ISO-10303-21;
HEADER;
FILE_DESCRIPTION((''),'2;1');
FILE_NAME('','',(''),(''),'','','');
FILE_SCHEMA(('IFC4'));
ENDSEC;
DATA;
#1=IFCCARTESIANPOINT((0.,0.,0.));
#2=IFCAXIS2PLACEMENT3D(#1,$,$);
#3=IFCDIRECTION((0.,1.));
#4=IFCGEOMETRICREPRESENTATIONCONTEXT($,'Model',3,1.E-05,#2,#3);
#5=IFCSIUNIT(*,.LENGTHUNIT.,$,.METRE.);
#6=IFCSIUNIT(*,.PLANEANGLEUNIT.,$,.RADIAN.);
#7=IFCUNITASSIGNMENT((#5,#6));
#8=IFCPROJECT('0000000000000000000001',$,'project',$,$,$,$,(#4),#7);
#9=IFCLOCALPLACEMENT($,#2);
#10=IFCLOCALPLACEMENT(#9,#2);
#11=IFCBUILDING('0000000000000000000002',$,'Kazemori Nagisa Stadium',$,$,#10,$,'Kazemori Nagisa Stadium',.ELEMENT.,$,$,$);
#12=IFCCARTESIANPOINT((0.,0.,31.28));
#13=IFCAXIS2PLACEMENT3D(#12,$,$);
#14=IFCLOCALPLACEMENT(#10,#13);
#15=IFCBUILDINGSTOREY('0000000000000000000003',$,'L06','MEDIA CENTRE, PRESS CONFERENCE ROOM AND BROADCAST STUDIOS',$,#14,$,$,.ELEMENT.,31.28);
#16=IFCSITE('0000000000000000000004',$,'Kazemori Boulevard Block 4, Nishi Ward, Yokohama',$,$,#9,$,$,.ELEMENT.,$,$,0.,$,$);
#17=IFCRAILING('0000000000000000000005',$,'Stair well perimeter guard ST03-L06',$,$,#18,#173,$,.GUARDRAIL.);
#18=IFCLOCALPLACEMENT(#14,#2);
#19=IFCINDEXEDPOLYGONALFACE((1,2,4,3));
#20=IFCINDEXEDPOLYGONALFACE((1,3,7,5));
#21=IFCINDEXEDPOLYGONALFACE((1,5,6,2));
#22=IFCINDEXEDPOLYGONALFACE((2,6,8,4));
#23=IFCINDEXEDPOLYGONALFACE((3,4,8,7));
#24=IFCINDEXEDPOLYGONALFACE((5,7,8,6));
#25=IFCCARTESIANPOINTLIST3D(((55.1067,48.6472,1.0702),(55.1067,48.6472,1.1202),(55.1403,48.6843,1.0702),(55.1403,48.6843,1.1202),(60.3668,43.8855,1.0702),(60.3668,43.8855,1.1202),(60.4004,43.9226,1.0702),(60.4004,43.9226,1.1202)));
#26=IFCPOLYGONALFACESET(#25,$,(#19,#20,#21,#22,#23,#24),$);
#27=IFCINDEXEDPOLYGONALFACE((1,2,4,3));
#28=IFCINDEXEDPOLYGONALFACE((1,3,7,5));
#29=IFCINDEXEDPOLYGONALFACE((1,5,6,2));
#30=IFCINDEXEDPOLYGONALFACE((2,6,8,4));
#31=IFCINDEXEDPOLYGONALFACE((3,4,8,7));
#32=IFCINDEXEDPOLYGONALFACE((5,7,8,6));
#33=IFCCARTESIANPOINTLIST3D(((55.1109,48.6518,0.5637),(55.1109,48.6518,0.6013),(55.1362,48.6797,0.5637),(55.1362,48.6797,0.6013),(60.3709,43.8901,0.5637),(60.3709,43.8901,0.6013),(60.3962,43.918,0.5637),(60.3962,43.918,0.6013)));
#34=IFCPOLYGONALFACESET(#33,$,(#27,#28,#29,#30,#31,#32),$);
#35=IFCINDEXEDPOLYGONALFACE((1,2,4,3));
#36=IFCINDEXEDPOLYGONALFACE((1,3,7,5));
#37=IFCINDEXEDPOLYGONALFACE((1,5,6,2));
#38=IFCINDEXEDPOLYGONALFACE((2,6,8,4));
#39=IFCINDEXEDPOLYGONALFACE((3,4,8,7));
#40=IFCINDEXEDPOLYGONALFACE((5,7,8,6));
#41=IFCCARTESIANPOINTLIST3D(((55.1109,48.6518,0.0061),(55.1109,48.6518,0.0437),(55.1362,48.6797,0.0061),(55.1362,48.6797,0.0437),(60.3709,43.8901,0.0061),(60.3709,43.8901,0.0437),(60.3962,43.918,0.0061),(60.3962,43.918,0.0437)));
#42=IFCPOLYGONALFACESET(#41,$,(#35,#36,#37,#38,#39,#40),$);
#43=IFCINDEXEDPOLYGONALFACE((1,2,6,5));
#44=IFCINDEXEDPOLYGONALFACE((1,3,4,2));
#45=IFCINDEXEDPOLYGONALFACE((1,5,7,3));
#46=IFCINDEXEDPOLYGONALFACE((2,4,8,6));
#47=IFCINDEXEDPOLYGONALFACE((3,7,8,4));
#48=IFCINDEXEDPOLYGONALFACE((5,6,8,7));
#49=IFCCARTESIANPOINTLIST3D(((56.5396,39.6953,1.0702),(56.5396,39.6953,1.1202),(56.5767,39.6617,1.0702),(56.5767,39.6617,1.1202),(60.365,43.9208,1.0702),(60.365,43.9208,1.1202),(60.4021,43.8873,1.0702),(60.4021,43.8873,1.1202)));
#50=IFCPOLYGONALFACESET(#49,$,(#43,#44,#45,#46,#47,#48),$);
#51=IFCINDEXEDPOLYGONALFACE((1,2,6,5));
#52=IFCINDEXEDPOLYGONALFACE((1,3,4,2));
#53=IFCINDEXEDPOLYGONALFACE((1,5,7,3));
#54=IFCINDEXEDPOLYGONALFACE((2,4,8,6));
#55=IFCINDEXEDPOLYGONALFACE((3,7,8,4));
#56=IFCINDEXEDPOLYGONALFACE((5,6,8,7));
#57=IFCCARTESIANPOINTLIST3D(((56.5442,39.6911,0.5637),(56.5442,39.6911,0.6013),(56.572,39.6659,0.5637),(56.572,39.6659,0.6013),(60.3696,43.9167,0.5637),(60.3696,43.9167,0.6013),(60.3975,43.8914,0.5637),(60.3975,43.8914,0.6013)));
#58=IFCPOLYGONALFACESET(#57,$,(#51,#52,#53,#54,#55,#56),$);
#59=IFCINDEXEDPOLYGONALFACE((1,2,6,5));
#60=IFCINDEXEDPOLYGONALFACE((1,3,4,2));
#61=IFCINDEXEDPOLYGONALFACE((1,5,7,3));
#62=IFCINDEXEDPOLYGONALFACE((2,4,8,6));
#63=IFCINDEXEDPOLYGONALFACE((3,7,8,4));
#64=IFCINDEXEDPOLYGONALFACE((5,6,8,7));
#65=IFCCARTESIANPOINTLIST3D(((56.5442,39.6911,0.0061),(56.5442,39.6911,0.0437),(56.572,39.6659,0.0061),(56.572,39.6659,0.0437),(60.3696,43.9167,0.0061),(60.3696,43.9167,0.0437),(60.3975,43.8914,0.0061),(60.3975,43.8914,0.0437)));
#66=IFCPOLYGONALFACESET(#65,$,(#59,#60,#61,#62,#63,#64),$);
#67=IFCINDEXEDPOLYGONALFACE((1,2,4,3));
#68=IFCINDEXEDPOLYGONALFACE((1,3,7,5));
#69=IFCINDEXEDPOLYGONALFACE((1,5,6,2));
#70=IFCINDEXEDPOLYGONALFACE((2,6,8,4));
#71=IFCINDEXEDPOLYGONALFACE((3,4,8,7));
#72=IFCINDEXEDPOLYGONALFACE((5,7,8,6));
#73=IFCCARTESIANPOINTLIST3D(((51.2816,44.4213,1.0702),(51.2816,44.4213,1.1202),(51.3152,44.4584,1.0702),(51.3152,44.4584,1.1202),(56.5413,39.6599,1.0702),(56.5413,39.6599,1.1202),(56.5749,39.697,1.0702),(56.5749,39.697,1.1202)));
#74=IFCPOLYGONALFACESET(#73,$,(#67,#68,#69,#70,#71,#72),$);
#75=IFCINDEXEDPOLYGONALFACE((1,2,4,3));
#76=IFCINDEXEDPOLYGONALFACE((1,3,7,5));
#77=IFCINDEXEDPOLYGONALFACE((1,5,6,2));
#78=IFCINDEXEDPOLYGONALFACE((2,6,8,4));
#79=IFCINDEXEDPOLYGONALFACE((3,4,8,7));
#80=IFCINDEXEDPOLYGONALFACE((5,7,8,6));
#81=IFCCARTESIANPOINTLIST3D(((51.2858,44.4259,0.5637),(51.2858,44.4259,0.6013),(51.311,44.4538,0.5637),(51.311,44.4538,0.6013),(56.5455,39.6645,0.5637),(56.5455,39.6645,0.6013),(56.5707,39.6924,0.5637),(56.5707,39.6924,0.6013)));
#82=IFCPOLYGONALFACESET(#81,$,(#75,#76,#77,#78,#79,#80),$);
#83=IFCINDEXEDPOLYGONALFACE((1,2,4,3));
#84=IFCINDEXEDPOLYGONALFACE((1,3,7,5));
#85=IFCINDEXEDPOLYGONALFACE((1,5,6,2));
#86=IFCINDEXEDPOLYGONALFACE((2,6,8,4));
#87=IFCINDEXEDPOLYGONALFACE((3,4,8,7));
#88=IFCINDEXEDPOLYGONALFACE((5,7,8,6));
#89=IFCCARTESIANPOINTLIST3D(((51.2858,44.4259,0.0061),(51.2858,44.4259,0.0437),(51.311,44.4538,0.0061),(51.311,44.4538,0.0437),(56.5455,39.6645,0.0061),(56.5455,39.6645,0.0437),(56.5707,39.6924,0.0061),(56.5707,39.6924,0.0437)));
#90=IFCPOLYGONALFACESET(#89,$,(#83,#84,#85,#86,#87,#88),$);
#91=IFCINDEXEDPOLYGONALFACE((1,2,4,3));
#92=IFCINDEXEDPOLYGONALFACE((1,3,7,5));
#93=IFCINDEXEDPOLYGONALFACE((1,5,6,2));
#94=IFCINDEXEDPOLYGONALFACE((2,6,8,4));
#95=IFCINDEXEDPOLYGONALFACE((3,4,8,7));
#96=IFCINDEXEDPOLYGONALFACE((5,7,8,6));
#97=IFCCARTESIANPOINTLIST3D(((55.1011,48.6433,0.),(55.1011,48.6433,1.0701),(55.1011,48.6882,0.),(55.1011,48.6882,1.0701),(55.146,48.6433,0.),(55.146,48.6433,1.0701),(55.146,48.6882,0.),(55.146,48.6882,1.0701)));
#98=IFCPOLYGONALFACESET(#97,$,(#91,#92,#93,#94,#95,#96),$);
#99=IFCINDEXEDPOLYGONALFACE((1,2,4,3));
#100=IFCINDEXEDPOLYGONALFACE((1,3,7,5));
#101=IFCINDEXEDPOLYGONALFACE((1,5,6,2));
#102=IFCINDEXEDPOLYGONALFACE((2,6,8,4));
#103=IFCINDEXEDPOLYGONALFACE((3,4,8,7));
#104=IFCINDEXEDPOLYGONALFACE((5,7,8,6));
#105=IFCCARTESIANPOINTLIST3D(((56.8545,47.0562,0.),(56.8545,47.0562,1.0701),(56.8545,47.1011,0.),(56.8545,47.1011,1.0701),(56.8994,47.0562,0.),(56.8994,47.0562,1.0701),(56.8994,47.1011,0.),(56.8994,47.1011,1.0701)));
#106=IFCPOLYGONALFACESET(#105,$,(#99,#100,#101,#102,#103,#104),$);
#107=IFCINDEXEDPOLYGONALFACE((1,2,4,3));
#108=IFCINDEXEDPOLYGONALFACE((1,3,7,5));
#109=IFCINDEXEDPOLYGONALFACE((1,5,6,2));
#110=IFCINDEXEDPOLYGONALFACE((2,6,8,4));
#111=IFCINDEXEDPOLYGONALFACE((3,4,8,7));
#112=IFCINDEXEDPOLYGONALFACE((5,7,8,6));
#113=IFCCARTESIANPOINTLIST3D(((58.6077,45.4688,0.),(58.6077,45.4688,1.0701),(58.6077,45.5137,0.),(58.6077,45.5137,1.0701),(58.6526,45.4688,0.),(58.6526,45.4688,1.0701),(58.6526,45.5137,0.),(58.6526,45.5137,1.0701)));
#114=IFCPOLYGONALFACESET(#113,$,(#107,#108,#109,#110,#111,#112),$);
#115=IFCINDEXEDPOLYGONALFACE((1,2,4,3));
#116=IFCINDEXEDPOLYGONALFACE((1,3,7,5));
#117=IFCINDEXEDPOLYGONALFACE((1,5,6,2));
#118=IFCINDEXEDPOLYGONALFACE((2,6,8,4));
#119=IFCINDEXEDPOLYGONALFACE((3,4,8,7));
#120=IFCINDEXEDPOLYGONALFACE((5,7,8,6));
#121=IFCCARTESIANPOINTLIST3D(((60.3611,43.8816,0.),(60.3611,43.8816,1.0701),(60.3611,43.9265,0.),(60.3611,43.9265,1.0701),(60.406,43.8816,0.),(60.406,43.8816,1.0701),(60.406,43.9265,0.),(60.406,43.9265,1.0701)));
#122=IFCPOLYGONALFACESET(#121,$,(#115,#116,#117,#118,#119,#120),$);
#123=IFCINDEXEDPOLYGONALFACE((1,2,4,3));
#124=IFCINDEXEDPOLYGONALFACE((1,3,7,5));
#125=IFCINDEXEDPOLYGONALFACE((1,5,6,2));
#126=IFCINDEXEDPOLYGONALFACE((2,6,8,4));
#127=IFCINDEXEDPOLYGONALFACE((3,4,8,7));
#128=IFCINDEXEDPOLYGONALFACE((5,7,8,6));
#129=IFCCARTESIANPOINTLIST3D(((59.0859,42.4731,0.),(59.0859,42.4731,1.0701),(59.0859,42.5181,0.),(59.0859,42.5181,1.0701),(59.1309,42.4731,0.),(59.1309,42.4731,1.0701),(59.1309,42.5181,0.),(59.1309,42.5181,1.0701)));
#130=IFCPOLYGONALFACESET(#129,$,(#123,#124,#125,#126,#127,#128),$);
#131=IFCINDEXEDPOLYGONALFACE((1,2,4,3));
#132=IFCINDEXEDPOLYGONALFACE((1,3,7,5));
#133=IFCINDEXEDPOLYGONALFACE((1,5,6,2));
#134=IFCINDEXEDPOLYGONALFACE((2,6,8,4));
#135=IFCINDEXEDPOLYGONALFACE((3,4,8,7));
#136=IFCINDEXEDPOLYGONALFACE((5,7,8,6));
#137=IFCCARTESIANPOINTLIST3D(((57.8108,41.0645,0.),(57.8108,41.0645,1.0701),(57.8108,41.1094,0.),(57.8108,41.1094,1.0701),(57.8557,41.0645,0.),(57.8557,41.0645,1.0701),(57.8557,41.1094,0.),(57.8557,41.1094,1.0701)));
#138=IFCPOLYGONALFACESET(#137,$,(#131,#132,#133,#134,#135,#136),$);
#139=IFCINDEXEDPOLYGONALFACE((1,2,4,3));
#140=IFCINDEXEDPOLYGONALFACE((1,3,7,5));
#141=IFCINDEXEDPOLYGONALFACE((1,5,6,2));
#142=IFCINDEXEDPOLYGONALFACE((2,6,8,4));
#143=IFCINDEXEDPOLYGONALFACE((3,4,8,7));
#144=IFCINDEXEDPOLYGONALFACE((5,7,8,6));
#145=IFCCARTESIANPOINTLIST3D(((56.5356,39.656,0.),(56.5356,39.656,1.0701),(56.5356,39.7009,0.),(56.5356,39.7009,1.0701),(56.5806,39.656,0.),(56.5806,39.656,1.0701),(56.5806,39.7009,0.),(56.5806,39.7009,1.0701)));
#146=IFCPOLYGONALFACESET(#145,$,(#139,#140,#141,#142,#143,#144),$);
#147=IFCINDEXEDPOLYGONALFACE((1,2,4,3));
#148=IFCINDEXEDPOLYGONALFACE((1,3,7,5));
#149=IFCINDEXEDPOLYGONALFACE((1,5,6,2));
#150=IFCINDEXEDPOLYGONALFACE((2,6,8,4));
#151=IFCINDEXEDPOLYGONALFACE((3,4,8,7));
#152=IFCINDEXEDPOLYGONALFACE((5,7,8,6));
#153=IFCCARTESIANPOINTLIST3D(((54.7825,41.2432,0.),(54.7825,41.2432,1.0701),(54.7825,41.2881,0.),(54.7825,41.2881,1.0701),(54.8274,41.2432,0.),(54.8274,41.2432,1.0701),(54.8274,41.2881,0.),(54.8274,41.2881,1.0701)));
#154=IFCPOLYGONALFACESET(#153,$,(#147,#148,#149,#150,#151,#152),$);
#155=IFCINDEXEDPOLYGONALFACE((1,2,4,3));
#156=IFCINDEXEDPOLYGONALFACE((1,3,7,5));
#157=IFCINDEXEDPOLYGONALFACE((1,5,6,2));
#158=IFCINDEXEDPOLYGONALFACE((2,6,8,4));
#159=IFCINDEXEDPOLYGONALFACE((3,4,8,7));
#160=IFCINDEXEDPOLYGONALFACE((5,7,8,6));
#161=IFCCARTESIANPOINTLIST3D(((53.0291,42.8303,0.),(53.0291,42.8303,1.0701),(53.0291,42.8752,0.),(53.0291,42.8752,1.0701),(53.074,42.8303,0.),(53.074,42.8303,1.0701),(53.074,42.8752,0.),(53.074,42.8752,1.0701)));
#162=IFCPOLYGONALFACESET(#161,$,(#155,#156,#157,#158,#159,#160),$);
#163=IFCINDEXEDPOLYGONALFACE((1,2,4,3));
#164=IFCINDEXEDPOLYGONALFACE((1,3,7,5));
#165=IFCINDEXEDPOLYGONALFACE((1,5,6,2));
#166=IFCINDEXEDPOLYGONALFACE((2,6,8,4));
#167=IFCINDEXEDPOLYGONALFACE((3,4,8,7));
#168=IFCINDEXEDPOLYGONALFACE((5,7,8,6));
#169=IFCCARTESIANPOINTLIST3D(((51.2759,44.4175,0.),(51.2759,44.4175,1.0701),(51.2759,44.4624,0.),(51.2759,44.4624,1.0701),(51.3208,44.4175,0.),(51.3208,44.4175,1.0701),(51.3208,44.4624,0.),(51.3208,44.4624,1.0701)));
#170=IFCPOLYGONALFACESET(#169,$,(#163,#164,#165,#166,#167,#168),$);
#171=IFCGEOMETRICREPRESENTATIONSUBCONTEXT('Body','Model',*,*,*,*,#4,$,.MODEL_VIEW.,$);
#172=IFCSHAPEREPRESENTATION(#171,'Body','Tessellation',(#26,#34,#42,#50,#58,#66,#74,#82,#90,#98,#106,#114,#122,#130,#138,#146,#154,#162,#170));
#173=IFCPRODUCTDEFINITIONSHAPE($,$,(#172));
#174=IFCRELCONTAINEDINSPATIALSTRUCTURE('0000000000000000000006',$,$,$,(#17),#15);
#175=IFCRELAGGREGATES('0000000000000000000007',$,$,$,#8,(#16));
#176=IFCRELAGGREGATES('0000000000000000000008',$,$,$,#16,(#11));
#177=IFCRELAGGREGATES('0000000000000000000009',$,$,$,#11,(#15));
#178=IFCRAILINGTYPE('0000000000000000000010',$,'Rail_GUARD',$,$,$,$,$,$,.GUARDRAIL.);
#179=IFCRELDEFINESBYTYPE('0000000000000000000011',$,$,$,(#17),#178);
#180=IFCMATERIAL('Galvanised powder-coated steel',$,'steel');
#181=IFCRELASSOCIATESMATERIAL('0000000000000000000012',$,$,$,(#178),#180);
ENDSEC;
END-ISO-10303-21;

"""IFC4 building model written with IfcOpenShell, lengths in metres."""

from ifc_helpers import new_model, si_unit, direction, frame, origin, origin_2d, place, context, subcontext, project, spatial, rectangle, extrude, material, type_object, element, save


model = new_model("IFC4")

# Units and contexts
model_context = context("Model", 3, precision=1e-05, world=origin(), true_north=direction((0.0, 1.0)))
body_context = subcontext(model_context, "Body", "Model", "MODEL_VIEW")
ifc_project = project(units=[si_unit("LENGTHUNIT", "METRE"), si_unit("PLANEANGLEUNIT", "RADIAN")], contexts=[model_context])

# Site, building, storey
site_placement = place(None, origin())
site = spatial("IfcSite", under=ifc_project, at=site_placement, Name="Kazemori Boulevard Block 4, Nishi Ward, Yokohama", CompositionType="ELEMENT", RefElevation=0.0)
building_placement = place(site_placement, origin())
building = spatial("IfcBuilding", under=site, at=building_placement, Name="Kazemori Nagisa Stadium", LongName="Kazemori Nagisa Stadium", CompositionType="ELEMENT")
storey_placement = place(building_placement, frame((0.0, 0.0, 31.28)))
storey = spatial("IfcBuildingStorey", under=building, at=storey_placement, Name="L06", Description="MEDIA CENTRE, PRESS CONFERENCE ROOM AND BROADCAST STUDIOS", CompositionType="ELEMENT", Elevation=31.28)

# Railing
ifc_material_1 = material(Name="Galvanised powder-coated steel", Category="steel")
railing_type_1 = type_object("IfcRailingType", Name="Rail_GUARD", PredefinedType="GUARDRAIL", material=ifc_material_1)
railing_1_placement = place(storey_placement, frame((55.1235, 48.6658, 0.0)))
element("IfcRailing", 1, at=railing_1_placement, inside=storey, type_object=railing_type_1, Name="Stair well perimeter guard ST03-L06", PredefinedType="GUARDRAIL", context=body_context, shape_type="SweptSolid", body=[
    extrude(rectangle(XDim=0.05, YDim=0.05, at=origin_2d()), frame((0.0, 0.0, 1.0952), z_axis=(0.741349, -0.67112, 0.0), x_axis=(0.67112, 0.741349, 0.0)), (0.0, 0.0, 1.0), 7.0952),
    extrude(rectangle(XDim=0.0376, YDim=0.0376, at=origin_2d()), frame((0.0, 0.0, 0.5825), z_axis=(0.741349, -0.67112, 0.0), x_axis=(0.67112, 0.741349, 0.0)), (0.0, 0.0, 1.0), 7.0952),
    extrude(rectangle(XDim=0.0376, YDim=0.0376, at=origin_2d()), frame((0.0, 0.0, 0.0249), z_axis=(0.741349, -0.67112, 0.0), x_axis=(0.67112, 0.741349, 0.0)), (0.0, 0.0, 1.0), 7.0952),
    extrude(rectangle(XDim=0.05, YDim=0.05, at=origin_2d()), frame((5.26, -4.7617, 1.0952), z_axis=(-0.671134, -0.741336, 0.0), x_axis=(0.741336, -0.671134, 0.0)), (0.0, 0.0, 1.0), 5.7),
    extrude(rectangle(XDim=0.0376, YDim=0.0376, at=origin_2d()), frame((5.26, -4.7617, 0.5825), z_axis=(-0.671134, -0.741336, 0.0), x_axis=(0.741336, -0.671134, 0.0)), (0.0, 0.0, 1.0), 5.7),
    extrude(rectangle(XDim=0.0376, YDim=0.0376, at=origin_2d()), frame((5.26, -4.7617, 0.0249), z_axis=(-0.671134, -0.741336, 0.0), x_axis=(0.741336, -0.671134, 0.0)), (0.0, 0.0, 1.0), 5.7),
    extrude(rectangle(XDim=0.05, YDim=0.05, at=origin_2d()), frame((1.4346, -8.9873, 1.0952), z_axis=(-0.741351, 0.671118, 0.0), x_axis=(-0.671118, -0.741351, 0.0)), (0.0, 0.0, 1.0), 7.0947),
    extrude(rectangle(XDim=0.0376, YDim=0.0376, at=origin_2d()), frame((1.4346, -8.9873, 0.5825), z_axis=(-0.741351, 0.671118, 0.0), x_axis=(-0.671118, -0.741351, 0.0)), (0.0, 0.0, 1.0), 7.0947),
    extrude(rectangle(XDim=0.0376, YDim=0.0376, at=origin_2d()), frame((1.4346, -8.9873, 0.0249), z_axis=(-0.741351, 0.671118, 0.0), x_axis=(-0.671118, -0.741351, 0.0)), (0.0, 0.0, 1.0), 7.0947),
    extrude(rectangle(XDim=0.0449, YDim=0.0449, at=origin_2d()), origin(), (0.0, 0.0, 1.0), 1.0701),
    extrude(rectangle(XDim=0.0449, YDim=0.0449, at=origin_2d()), frame((1.7534, -1.5872, 0.0)), (0.0, 0.0, 1.0), 1.0701),
    extrude(rectangle(XDim=0.0449, YDim=0.0449, at=origin_2d()), frame((3.5066, -3.1746, 0.0)), (0.0, 0.0, 1.0), 1.0701),
    extrude(rectangle(XDim=0.0449, YDim=0.0449, at=origin_2d()), frame((5.26, -4.7617, 0.0)), (0.0, 0.0, 1.0), 1.0701),
    extrude(rectangle(XDim=0.0449, YDim=0.0449, at=origin_2d()), frame((3.9849, -6.1702, 0.0)), (0.0, 0.0, 1.0), 1.0701),
    extrude(rectangle(XDim=0.0449, YDim=0.0449, at=origin_2d()), frame((2.7097, -7.5789, 0.0)), (0.0, 0.0, 1.0), 1.0701),
    extrude(rectangle(XDim=0.0449, YDim=0.0449, at=origin_2d()), frame((1.4346, -8.9873, 0.0)), (0.0, 0.0, 1.0), 1.0701),
    extrude(rectangle(XDim=0.0449, YDim=0.0449, at=origin_2d()), frame((-0.3186, -7.4001, 0.0)), (0.0, 0.0, 1.0), 1.0701),
    extrude(rectangle(XDim=0.0449, YDim=0.0449, at=origin_2d()), frame((-2.072, -5.813, 0.0)), (0.0, 0.0, 1.0), 1.0701),
    extrude(rectangle(XDim=0.0449, YDim=0.0449, at=origin_2d()), frame((-3.8252, -4.2258, 0.0)), (0.0, 0.0, 1.0), 1.0701),
])

save(model, "model.ifc")
